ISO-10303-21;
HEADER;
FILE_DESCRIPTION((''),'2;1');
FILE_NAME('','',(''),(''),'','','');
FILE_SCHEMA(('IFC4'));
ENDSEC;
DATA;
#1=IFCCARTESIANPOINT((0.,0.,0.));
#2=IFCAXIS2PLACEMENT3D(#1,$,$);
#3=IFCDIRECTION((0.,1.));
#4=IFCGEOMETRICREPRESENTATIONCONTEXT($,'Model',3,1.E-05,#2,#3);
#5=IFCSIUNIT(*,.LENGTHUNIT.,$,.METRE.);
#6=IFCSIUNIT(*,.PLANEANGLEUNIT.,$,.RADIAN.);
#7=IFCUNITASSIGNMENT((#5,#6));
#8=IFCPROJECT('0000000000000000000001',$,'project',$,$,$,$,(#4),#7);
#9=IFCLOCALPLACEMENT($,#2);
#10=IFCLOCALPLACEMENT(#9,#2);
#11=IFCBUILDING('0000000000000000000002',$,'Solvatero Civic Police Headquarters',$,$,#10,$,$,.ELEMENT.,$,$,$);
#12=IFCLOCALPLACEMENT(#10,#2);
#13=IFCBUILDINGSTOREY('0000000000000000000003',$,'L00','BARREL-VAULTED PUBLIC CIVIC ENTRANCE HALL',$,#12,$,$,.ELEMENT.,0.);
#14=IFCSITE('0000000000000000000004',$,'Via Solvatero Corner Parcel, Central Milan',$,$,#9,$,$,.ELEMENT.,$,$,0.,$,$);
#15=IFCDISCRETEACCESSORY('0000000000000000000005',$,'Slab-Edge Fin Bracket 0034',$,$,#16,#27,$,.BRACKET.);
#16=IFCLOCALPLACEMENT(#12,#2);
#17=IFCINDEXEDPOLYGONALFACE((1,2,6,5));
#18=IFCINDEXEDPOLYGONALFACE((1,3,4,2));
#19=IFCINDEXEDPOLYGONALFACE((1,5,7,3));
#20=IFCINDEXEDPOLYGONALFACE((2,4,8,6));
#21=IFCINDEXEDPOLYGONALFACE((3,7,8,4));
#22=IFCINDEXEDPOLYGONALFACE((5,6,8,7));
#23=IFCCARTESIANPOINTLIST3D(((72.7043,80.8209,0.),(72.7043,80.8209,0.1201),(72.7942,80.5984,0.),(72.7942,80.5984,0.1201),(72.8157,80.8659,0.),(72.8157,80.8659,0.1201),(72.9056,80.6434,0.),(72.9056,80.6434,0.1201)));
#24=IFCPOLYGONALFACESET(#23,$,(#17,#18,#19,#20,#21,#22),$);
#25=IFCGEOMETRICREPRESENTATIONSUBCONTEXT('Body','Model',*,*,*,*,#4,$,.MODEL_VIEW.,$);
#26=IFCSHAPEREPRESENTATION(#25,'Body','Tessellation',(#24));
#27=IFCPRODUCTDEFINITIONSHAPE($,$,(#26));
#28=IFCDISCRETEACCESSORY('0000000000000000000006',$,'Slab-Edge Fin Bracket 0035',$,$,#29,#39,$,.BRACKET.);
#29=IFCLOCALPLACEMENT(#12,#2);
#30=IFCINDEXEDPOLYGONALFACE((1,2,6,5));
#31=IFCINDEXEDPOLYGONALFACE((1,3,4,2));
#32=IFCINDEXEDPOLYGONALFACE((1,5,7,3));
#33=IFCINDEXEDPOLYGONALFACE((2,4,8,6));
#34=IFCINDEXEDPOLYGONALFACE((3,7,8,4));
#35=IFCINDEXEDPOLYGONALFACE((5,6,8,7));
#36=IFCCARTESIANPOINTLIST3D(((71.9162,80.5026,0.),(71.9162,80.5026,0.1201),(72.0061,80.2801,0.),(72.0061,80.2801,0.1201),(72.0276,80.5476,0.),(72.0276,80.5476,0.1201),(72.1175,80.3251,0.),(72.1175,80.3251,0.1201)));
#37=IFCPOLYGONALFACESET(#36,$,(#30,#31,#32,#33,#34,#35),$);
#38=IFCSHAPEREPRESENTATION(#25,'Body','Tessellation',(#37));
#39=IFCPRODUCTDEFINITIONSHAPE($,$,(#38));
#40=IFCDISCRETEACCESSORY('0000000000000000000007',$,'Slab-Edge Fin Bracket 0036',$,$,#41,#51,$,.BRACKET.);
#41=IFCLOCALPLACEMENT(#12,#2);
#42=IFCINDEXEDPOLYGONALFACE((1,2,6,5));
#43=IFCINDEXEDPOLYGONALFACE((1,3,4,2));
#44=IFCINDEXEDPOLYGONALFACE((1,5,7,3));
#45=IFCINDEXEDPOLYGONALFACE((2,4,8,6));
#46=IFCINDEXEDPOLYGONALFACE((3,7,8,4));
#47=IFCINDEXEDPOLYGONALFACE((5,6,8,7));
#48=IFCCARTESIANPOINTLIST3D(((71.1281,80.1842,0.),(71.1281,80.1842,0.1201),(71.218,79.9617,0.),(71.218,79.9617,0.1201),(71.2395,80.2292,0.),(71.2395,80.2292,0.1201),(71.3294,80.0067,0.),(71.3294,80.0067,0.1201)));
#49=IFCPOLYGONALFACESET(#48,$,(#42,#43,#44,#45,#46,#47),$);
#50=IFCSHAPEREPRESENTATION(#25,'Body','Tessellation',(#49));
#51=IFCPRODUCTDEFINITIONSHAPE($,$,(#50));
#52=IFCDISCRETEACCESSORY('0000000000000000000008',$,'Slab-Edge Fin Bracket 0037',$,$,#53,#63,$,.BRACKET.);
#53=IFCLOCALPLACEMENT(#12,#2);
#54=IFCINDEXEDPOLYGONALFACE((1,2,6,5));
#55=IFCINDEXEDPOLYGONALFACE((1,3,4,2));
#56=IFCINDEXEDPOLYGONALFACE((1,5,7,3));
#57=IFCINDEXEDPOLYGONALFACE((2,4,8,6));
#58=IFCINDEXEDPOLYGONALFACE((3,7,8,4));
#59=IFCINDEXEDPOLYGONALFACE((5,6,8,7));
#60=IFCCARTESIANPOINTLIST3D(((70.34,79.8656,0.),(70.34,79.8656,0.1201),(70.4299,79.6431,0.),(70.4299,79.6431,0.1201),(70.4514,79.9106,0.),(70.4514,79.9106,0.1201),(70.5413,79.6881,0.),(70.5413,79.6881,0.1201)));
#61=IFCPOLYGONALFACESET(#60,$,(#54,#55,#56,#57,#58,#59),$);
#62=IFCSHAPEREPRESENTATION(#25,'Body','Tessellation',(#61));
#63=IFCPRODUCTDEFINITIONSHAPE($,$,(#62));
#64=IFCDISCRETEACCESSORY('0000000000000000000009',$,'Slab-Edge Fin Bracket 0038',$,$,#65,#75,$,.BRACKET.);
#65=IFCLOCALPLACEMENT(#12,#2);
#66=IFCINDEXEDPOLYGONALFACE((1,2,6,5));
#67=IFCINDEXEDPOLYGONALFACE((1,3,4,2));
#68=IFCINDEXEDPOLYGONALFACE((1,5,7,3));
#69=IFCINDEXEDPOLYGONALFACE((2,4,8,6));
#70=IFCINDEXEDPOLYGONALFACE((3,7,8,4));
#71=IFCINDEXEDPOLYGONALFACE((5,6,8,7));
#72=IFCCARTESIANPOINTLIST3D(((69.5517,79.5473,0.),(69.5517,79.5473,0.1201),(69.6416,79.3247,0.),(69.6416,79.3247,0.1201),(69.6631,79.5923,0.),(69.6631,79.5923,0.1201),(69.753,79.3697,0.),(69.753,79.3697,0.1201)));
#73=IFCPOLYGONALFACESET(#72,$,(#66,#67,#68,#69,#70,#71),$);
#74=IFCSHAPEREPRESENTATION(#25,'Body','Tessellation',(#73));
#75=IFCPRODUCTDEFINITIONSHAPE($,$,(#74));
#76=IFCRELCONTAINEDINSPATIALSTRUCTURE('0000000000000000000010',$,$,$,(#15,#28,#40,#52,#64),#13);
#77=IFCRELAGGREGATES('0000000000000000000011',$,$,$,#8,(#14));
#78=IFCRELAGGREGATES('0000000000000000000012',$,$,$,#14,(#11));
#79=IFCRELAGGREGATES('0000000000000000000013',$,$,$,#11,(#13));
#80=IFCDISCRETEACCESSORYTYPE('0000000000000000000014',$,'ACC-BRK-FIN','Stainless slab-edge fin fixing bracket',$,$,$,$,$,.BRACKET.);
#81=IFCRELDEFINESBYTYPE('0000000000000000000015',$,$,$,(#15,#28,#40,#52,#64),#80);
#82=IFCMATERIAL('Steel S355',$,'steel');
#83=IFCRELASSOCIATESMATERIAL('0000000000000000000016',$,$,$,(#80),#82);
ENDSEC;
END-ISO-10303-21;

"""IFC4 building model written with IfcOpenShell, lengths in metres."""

from ifc_helpers import new_model, si_unit, direction, frame, origin, origin_2d, place, context, subcontext, project, spatial, rectangle, extrude, material, type_object, element, save


model = new_model("IFC4")

# Units and contexts
model_context = context("Model", 3, precision=1e-05, world=origin(), true_north=direction((0.0, 1.0)))
body_context = subcontext(model_context, "Body", "Model", "MODEL_VIEW")
ifc_project = project(units=[si_unit("LENGTHUNIT", "METRE"), si_unit("PLANEANGLEUNIT", "RADIAN")], contexts=[model_context])

# Site, building, storey
site_placement = place(None, origin())
site = spatial("IfcSite", under=ifc_project, at=site_placement, Name="Via Solvatero Corner Parcel, Central Milan", CompositionType="ELEMENT", RefElevation=0.0)
building_placement = place(site_placement, origin())
building = spatial("IfcBuilding", under=site, at=building_placement, Name="Solvatero Civic Police Headquarters", CompositionType="ELEMENT")
storey_placement = place(building_placement, origin())
storey = spatial("IfcBuildingStorey", under=building, at=storey_placement, Name="L00", Description="BARREL-VAULTED PUBLIC CIVIC ENTRANCE HALL", CompositionType="ELEMENT", Elevation=0.0)

# Shared definitions
ifc_material_1 = material(Name="Steel S355", Category="steel")

# Discrete accessories
discrete_accessory_type = type_object("IfcDiscreteAccessoryType", Name="ACC-BRK-FIN", Description="Stainless slab-edge fin fixing bracket", PredefinedType="BRACKET", material=ifc_material_1)
for number, where, z_axis, x_axis, name in (
    (1, (72.8049, 80.7322, 0.0), (0.0, 0.0, 1.0), (-0.927184, -0.374607, 0.0), "Slab-Edge Fin Bracket 0034"),
    (2, (72.0168, 80.4138, 0.0), (0.0, 0.0, 1.0), (-0.927184, -0.374607, 0.0), "Slab-Edge Fin Bracket 0035"),
    (3, (71.2288, 80.0955, 0.0), (0.0, 0.0, 1.0), (-0.927184, -0.374607, 0.0), "Slab-Edge Fin Bracket 0036"),
    (4, (70.4407, 79.7769, 0.0), (0.0, 0.0, 1.0), (-0.927184, -0.374607, 0.0), "Slab-Edge Fin Bracket 0037"),
    (5, (69.6523, 79.4585, 0.0), (0.0, 0.0, 1.0), (-0.927184, -0.374607, 0.0), "Slab-Edge Fin Bracket 0038"),
):
    element("IfcDiscreteAccessory", number, at=place(storey_placement, frame(where, z_axis=z_axis, x_axis=x_axis)), inside=storey, type_object=discrete_accessory_type, Name=name, PredefinedType="BRACKET", context=body_context, shape_type="SweptSolid", body=[
        extrude(rectangle(XDim=0.1201, YDim=0.24, at=origin_2d()), origin(), (0.0, 0.0, 1.0), 0.1201),
    ])

save(model, "model.ifc")
